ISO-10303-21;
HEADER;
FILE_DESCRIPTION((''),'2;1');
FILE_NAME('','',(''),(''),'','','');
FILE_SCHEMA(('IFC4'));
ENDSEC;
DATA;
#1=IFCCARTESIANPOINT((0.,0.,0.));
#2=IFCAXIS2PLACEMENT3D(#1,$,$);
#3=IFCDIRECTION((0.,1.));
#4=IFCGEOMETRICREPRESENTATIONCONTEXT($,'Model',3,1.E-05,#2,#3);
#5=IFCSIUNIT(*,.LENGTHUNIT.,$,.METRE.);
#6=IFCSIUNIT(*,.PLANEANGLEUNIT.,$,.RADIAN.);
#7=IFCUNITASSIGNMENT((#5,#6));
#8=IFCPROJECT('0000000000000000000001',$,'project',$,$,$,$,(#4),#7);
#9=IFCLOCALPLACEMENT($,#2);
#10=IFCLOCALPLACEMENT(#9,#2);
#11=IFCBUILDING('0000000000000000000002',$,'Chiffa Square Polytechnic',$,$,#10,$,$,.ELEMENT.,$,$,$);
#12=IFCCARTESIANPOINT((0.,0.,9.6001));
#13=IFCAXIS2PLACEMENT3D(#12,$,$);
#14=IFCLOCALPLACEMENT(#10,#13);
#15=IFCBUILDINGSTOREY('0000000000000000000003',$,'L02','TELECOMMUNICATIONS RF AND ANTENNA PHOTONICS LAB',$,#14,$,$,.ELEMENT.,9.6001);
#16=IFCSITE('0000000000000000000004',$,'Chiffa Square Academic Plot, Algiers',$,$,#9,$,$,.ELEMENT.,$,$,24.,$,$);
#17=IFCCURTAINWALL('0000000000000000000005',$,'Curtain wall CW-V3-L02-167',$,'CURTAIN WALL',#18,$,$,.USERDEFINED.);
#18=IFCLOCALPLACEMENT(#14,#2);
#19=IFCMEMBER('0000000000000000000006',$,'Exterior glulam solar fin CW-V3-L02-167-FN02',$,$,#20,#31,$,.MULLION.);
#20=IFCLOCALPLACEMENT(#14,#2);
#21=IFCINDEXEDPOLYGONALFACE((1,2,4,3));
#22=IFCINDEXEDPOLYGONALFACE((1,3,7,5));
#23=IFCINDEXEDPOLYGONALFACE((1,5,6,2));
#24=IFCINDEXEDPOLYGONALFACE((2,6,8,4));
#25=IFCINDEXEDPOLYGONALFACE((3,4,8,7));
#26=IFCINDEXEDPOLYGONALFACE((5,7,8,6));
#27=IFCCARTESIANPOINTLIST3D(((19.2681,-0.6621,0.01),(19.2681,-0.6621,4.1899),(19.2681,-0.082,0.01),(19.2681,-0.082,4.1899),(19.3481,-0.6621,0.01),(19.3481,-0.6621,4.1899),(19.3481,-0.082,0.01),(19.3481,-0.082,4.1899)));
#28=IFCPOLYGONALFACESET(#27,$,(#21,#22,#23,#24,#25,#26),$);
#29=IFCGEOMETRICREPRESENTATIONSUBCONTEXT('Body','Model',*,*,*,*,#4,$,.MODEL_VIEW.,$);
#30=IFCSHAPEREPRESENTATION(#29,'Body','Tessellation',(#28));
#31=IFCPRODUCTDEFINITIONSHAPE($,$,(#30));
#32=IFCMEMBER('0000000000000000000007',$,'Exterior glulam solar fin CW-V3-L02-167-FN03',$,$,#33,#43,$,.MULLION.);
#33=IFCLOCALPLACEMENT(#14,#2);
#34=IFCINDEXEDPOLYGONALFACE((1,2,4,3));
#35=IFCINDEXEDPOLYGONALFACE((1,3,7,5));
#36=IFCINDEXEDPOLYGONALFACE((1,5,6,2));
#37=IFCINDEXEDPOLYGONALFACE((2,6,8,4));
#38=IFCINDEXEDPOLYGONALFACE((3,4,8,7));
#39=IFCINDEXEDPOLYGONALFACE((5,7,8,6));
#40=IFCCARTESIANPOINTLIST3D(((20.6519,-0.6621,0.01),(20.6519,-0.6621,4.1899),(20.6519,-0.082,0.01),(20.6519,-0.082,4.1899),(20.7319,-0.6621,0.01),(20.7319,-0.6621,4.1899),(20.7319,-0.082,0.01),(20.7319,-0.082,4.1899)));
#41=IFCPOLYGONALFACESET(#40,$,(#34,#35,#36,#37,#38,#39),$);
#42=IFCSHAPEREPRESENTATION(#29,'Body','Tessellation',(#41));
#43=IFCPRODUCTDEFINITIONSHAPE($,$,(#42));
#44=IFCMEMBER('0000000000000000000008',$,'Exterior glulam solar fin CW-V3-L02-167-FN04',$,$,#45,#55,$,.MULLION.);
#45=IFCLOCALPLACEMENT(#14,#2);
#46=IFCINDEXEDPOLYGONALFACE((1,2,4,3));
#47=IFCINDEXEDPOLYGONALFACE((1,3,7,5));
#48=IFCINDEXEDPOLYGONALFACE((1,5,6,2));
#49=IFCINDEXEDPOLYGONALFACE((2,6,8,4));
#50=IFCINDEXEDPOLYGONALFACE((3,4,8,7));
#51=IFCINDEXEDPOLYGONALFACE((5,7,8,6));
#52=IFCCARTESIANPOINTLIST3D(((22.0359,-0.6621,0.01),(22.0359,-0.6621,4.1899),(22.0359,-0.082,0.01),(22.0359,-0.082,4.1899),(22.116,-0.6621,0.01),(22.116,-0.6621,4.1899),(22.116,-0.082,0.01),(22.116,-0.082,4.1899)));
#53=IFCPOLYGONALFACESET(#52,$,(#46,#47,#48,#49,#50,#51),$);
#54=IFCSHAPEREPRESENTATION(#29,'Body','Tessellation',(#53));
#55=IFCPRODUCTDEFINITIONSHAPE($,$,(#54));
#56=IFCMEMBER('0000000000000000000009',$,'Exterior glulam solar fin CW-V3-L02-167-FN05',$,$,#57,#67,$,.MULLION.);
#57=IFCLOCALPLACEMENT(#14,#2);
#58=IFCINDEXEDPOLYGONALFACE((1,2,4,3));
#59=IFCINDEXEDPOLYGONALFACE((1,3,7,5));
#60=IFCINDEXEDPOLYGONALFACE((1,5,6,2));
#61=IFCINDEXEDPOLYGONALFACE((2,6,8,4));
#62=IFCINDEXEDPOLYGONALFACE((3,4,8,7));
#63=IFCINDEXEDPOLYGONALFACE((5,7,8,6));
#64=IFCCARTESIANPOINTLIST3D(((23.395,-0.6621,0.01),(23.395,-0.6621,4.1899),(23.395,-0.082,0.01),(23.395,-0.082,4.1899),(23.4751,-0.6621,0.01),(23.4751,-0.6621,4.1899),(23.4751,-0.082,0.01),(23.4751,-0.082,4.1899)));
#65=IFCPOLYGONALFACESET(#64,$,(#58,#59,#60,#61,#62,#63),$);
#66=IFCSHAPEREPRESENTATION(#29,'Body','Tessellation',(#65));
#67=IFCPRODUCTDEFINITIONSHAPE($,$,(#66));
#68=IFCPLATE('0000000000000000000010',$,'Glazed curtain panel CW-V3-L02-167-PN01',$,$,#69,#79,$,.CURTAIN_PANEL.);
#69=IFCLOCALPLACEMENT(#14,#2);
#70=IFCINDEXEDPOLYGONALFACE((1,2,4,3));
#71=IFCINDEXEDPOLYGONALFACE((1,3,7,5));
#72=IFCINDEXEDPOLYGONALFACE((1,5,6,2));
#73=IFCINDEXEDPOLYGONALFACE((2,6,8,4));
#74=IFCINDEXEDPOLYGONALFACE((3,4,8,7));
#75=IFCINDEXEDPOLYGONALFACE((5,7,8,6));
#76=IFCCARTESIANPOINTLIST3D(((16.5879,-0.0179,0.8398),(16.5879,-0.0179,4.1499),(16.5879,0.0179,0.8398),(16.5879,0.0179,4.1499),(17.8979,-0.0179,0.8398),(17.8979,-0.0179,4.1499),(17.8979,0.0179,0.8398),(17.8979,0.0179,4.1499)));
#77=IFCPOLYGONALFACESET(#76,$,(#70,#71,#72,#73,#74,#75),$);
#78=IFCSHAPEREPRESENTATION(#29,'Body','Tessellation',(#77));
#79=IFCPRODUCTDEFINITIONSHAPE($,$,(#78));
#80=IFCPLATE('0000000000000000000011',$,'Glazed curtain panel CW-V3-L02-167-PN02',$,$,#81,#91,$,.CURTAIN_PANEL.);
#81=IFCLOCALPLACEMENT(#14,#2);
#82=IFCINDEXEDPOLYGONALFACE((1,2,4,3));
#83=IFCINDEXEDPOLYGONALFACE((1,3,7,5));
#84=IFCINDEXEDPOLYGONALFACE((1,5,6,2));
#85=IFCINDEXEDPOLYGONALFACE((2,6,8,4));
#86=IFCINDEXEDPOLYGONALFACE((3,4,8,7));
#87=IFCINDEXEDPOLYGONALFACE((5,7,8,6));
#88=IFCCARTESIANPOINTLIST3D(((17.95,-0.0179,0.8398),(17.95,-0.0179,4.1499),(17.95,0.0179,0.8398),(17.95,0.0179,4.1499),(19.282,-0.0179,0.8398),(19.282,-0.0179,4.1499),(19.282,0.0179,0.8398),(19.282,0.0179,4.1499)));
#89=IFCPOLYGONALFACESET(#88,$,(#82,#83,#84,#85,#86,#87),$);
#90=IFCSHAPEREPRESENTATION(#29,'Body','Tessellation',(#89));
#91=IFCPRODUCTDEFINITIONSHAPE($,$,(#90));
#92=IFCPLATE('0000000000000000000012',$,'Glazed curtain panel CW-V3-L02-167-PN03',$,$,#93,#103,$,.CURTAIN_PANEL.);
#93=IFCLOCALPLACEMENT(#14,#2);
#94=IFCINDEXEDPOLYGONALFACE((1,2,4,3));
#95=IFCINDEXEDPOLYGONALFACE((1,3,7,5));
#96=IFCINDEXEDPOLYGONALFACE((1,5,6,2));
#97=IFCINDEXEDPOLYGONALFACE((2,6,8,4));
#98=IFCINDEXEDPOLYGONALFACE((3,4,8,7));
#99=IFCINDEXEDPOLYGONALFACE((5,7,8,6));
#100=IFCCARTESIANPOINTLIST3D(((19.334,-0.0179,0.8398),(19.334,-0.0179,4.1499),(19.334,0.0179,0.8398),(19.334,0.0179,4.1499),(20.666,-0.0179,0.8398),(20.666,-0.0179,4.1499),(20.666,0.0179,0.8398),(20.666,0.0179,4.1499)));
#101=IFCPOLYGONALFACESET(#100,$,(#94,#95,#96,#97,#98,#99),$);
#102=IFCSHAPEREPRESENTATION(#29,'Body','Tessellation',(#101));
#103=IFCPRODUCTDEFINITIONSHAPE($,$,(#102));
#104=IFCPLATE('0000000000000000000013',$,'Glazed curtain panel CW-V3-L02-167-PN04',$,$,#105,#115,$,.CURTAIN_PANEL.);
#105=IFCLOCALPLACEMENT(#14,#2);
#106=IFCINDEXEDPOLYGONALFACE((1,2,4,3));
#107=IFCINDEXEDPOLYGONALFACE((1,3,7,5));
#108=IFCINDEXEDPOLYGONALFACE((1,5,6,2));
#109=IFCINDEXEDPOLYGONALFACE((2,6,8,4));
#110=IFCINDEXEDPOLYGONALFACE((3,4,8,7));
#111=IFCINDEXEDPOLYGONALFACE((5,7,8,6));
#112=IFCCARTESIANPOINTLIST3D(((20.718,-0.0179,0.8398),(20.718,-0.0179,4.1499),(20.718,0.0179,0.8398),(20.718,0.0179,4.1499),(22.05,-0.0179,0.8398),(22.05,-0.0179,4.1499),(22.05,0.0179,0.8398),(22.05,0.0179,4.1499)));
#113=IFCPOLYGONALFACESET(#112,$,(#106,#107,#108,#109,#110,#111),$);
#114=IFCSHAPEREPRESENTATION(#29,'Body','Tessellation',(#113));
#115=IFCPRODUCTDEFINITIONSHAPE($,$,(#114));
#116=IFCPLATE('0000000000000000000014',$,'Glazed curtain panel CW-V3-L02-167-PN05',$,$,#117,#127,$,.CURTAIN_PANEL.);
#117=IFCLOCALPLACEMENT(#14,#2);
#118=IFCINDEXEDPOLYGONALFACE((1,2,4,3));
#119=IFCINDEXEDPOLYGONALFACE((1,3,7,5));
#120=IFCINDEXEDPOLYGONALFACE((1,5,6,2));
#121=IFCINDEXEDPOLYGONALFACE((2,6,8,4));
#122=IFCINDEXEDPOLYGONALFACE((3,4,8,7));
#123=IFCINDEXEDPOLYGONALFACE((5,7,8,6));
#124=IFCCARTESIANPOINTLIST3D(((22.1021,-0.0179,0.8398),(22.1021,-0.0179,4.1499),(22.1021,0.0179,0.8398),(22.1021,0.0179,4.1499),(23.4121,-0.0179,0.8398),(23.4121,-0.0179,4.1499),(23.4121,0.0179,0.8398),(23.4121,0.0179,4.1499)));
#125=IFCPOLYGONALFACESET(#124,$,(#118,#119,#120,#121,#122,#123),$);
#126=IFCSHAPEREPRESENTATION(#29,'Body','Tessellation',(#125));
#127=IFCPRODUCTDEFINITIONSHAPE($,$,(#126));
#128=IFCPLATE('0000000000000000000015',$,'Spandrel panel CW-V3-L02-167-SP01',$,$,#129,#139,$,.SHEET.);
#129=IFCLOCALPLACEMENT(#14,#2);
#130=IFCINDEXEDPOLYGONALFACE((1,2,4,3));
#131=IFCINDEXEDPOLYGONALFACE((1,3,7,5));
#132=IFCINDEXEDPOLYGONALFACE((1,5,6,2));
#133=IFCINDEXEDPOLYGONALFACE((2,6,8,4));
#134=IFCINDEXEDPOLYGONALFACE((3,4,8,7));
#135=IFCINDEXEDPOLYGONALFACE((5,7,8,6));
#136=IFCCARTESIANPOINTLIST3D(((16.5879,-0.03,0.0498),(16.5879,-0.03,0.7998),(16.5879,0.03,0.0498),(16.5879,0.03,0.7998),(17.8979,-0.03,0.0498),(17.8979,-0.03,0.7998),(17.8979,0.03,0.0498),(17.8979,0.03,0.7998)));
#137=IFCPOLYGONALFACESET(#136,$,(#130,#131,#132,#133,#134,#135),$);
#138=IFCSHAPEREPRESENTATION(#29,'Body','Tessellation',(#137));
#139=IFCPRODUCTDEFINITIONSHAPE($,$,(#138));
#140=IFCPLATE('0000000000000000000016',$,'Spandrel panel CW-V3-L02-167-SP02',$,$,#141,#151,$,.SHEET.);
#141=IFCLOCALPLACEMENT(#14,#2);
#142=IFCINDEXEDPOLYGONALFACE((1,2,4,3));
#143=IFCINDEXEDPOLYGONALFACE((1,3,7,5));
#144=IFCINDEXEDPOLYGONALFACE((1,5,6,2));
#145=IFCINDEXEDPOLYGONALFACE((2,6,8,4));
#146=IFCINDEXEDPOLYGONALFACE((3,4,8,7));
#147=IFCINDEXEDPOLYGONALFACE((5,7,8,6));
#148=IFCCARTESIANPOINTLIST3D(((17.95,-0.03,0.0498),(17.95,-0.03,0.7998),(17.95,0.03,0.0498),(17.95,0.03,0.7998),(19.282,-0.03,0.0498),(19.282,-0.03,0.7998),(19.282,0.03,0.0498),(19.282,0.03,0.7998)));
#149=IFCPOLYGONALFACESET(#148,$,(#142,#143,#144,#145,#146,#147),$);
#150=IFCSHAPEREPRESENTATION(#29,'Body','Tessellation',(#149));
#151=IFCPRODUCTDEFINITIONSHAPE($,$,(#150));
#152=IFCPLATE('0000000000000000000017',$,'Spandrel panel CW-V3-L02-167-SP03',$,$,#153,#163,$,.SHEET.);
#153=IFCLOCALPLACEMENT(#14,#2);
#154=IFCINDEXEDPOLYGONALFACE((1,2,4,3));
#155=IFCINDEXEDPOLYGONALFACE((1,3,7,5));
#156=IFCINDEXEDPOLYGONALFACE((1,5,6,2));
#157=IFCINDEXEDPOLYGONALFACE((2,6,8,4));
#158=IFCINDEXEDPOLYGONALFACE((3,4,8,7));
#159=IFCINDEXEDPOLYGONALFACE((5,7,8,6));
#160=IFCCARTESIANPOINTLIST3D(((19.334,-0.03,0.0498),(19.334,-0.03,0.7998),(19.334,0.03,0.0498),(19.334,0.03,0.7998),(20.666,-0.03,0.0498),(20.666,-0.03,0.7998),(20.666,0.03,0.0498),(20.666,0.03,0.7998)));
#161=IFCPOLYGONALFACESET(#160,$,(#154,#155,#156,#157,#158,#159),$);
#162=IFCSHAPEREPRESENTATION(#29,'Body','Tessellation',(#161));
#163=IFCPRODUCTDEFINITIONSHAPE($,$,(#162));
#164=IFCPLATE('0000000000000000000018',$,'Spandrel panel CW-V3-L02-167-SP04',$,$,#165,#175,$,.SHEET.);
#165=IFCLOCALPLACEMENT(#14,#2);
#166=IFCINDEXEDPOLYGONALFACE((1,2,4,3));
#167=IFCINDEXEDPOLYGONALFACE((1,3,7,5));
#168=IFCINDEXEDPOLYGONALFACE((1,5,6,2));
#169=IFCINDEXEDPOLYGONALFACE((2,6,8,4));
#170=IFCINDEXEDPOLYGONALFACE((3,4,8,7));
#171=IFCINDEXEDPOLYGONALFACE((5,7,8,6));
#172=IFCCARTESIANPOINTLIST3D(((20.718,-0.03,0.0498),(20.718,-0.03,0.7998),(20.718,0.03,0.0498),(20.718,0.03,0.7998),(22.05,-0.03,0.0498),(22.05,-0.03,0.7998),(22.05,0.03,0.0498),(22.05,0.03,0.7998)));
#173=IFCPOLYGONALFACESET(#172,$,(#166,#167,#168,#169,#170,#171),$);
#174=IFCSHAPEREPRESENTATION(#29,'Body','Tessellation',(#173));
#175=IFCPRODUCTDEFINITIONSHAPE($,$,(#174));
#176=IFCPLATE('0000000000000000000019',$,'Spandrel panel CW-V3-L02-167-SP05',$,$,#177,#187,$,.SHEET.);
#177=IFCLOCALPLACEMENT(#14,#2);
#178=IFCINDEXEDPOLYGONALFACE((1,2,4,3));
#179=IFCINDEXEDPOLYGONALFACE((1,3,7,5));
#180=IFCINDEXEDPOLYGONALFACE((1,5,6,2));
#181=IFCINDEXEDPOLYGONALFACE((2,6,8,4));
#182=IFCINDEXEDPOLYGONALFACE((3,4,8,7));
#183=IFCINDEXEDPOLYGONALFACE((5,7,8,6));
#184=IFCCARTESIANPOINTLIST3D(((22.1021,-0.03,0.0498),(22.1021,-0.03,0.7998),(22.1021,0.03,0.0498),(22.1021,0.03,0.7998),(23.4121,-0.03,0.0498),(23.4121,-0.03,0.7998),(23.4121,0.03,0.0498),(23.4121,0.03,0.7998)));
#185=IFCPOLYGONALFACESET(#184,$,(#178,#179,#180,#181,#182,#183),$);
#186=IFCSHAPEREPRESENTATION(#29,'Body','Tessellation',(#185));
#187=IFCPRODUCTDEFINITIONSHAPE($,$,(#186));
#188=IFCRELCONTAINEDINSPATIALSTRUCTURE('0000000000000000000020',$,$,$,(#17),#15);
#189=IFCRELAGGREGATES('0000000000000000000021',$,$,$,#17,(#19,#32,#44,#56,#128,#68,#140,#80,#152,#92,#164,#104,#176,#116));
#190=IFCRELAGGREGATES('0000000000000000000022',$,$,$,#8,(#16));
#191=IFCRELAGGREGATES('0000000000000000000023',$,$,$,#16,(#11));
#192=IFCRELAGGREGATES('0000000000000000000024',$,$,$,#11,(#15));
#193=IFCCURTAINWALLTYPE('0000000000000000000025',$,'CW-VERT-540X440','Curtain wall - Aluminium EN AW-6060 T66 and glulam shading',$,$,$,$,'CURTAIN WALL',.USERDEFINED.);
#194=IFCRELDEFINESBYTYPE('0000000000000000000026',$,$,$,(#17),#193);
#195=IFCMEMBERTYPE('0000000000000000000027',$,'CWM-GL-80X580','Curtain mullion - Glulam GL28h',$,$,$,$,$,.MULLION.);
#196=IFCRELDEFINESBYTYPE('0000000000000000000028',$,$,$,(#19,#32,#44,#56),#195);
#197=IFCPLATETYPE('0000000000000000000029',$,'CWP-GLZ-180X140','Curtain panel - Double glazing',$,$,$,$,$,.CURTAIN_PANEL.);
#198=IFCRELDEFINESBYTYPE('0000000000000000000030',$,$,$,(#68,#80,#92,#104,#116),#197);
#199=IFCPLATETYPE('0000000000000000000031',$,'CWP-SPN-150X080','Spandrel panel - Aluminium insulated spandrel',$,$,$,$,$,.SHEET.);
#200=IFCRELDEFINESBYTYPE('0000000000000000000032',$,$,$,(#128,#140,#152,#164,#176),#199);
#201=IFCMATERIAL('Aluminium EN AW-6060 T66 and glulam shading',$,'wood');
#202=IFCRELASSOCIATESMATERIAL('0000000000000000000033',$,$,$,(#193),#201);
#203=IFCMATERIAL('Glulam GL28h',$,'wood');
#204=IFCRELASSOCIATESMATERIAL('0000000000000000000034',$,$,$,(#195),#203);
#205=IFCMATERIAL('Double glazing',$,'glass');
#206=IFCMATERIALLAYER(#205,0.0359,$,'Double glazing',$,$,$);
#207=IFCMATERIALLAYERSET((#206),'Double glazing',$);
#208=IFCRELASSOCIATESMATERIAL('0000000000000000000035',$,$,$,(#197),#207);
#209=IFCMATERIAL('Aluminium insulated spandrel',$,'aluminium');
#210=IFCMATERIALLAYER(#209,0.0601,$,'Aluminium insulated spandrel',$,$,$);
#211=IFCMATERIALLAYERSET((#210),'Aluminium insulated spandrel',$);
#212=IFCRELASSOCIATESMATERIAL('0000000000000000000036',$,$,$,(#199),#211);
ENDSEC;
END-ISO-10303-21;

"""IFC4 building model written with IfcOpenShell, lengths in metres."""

from ifc_helpers import new_model, si_unit, direction, frame, origin, origin_2d, place, context, subcontext, project, spatial, rectangle, extrude, material, layer, layer_set, material_profile, profile_set, type_object, element, aggregate, save


model = new_model("IFC4")

# Units and contexts
model_context = context("Model", 3, precision=1e-05, world=origin(), true_north=direction((0.0, 1.0)))
body_context = subcontext(model_context, "Body", "Model", "MODEL_VIEW")
ifc_project = project(units=[si_unit("LENGTHUNIT", "METRE"), si_unit("PLANEANGLEUNIT", "RADIAN")], contexts=[model_context])

# Site, building, storey
site_placement = place(None, origin())
site = spatial("IfcSite", under=ifc_project, at=site_placement, Name="Chiffa Square Academic Plot, Algiers", CompositionType="ELEMENT", RefElevation=24.0)
building_placement = place(site_placement, origin())
building = spatial("IfcBuilding", under=site, at=building_placement, Name="Chiffa Square Polytechnic", CompositionType="ELEMENT")
storey_placement = place(building_placement, frame((0.0, 0.0, 9.6001)))
storey = spatial("IfcBuildingStorey", under=building, at=storey_placement, Name="L02", Description="TELECOMMUNICATIONS RF AND ANTENNA PHOTONICS LAB", CompositionType="ELEMENT", Elevation=9.6001)

# Curtain wall, members, plates
ifc_material_1 = material(Name="Aluminium EN AW-6060 T66 and glulam shading", Category="wood")
curtain_wall_type = type_object("IfcCurtainWallType", Name="CW-VERT-540X440", Description="Curtain wall - Aluminium EN AW-6060 T66 and glulam shading", ElementType="CURTAIN WALL", PredefinedType="USERDEFINED", material=ifc_material_1)
curtain_wall_placement = place(storey_placement, origin())
curtain_wall = element("IfcCurtainWall", 1, at=curtain_wall_placement, inside=storey, type_object=curtain_wall_type, Name="Curtain wall CW-V3-L02-167", ObjectType="CURTAIN WALL", PredefinedType="USERDEFINED")
ifc_material_2 = material(Name="Glulam GL28h", Category="wood")
ifc_material_profile_1 = material_profile(ifc_material_2, rectangle(XDim=0.0801, YDim=0.5801, at=origin_2d()), Name="GL28h 80x580")
ifc_profile_set_1 = profile_set([ifc_material_profile_1], Name="Glulam GL28h")
member_type_1 = type_object("IfcMemberType", Name="CWM-GL-80X580", Description="Curtain mullion - Glulam GL28h", PredefinedType="MULLION", material=ifc_profile_set_1)
member_1_placement = place(storey_placement, frame((19.3081, -0.3721, 0.01), z_axis=(0.0, 0.0, 1.0), x_axis=(1.0, 0.0, 0.0)))
member_1 = element("IfcMember", 2, at=member_1_placement, type_object=member_type_1, Name="Exterior glulam solar fin CW-V3-L02-167-FN02", PredefinedType="MULLION", context=body_context, shape_type="SweptSolid", body=[
    extrude(rectangle(XDim=0.0801, YDim=0.5801, at=origin_2d()), origin(), (0.0, 0.0, 1.0), 4.1799),
])
member_2_placement = place(storey_placement, frame((20.6919, -0.3721, 0.01), z_axis=(0.0, 0.0, 1.0), x_axis=(1.0, 0.0, 0.0)))
member_2 = element("IfcMember", 3, at=member_2_placement, type_object=member_type_1, Name="Exterior glulam solar fin CW-V3-L02-167-FN03", PredefinedType="MULLION", context=body_context, shape_type="SweptSolid", body=[
    extrude(rectangle(XDim=0.0801, YDim=0.5801, at=origin_2d()), origin(), (0.0, 0.0, 1.0), 4.1799),
])
member_3_placement = place(storey_placement, frame((22.0759, -0.3721, 0.01), z_axis=(0.0, 0.0, 1.0), x_axis=(1.0, 0.0, 0.0)))
member_3 = element("IfcMember", 4, at=member_3_placement, type_object=member_type_1, Name="Exterior glulam solar fin CW-V3-L02-167-FN04", PredefinedType="MULLION", context=body_context, shape_type="SweptSolid", body=[
    extrude(rectangle(XDim=0.0801, YDim=0.5801, at=origin_2d()), origin(), (0.0, 0.0, 1.0), 4.1799),
])
member_4_placement = place(storey_placement, frame((23.4351, -0.3721, 0.01), z_axis=(0.0, 0.0, 1.0), x_axis=(1.0, 0.0, 0.0)))
member_4 = element("IfcMember", 5, at=member_4_placement, type_object=member_type_1, Name="Exterior glulam solar fin CW-V3-L02-167-FN05", PredefinedType="MULLION", context=body_context, shape_type="SweptSolid", body=[
    extrude(rectangle(XDim=0.0801, YDim=0.5801, at=origin_2d()), origin(), (0.0, 0.0, 1.0), 4.1799),
])
ifc_material_3 = material(Name="Double glazing", Category="glass")
ifc_layer_1 = layer(ifc_material_3, 0.0359, Name="Double glazing")
ifc_layer_set_1 = layer_set([ifc_layer_1], Name="Double glazing")
plate_type_1 = type_object("IfcPlateType", Name="CWP-GLZ-180X140", Description="Curtain panel - Double glazing", PredefinedType="CURTAIN_PANEL", material=ifc_layer_set_1)
plate_1_placement = place(storey_placement, frame((17.2429, 0.0, 0.8398), z_axis=(0.0, 0.0, 1.0), x_axis=(1.0, 0.0, 0.0)))
plate_1 = element("IfcPlate", 6, at=plate_1_placement, type_object=plate_type_1, Name="Glazed curtain panel CW-V3-L02-167-PN01", PredefinedType="CURTAIN_PANEL", context=body_context, shape_type="SweptSolid", body=[
    extrude(rectangle(XDim=1.3101, YDim=0.0359, at=origin_2d()), origin(), (0.0, 0.0, 1.0), 3.3101),
])
plate_2_placement = place(storey_placement, frame((18.616, 0.0, 0.8398), z_axis=(0.0, 0.0, 1.0), x_axis=(1.0, 0.0, 0.0)))
plate_2 = element("IfcPlate", 7, at=plate_2_placement, type_object=plate_type_1, Name="Glazed curtain panel CW-V3-L02-167-PN02", PredefinedType="CURTAIN_PANEL", context=body_context, shape_type="SweptSolid", body=[
    extrude(rectangle(XDim=1.332, YDim=0.0359, at=origin_2d()), origin(), (0.0, 0.0, 1.0), 3.3101),
])
plate_3_placement = place(storey_placement, frame((20.0, 0.0, 0.8398), z_axis=(0.0, 0.0, 1.0), x_axis=(1.0, 0.0, 0.0)))
plate_3 = element("IfcPlate", 8, at=plate_3_placement, type_object=plate_type_1, Name="Glazed curtain panel CW-V3-L02-167-PN03", PredefinedType="CURTAIN_PANEL", context=body_context, shape_type="SweptSolid", body=[
    extrude(rectangle(XDim=1.332, YDim=0.0359, at=origin_2d()), origin(), (0.0, 0.0, 1.0), 3.3101),
])
plate_4_placement = place(storey_placement, frame((21.384, 0.0, 0.8398), z_axis=(0.0, 0.0, 1.0), x_axis=(1.0, 0.0, 0.0)))
plate_4 = element("IfcPlate", 9, at=plate_4_placement, type_object=plate_type_1, Name="Glazed curtain panel CW-V3-L02-167-PN04", PredefinedType="CURTAIN_PANEL", context=body_context, shape_type="SweptSolid", body=[
    extrude(rectangle(XDim=1.332, YDim=0.0359, at=origin_2d()), origin(), (0.0, 0.0, 1.0), 3.3101),
])
plate_5_placement = place(storey_placement, frame((22.7571, 0.0, 0.8398), z_axis=(0.0, 0.0, 1.0), x_axis=(1.0, 0.0, 0.0)))
plate_5 = element("IfcPlate", 10, at=plate_5_placement, type_object=plate_type_1, Name="Glazed curtain panel CW-V3-L02-167-PN05", PredefinedType="CURTAIN_PANEL", context=body_context, shape_type="SweptSolid", body=[
    extrude(rectangle(XDim=1.3101, YDim=0.0359, at=origin_2d()), origin(), (0.0, 0.0, 1.0), 3.3101),
])
ifc_material_4 = material(Name="Aluminium insulated spandrel", Category="aluminium")
ifc_layer_2 = layer(ifc_material_4, 0.0601, Name="Aluminium insulated spandrel")
ifc_layer_set_2 = layer_set([ifc_layer_2], Name="Aluminium insulated spandrel")
plate_type_2 = type_object("IfcPlateType", Name="CWP-SPN-150X080", Description="Spandrel panel - Aluminium insulated spandrel", PredefinedType="SHEET", material=ifc_layer_set_2)
plate_6_placement = place(storey_placement, frame((17.2429, 0.0, 0.0498), z_axis=(0.0, 0.0, 1.0), x_axis=(1.0, 0.0, 0.0)))
plate_6 = element("IfcPlate", 11, at=plate_6_placement, type_object=plate_type_2, Name="Spandrel panel CW-V3-L02-167-SP01", PredefinedType="SHEET", context=body_context, shape_type="SweptSolid", body=[
    extrude(rectangle(XDim=1.3101, YDim=0.0601, at=origin_2d()), origin(), (0.0, 0.0, 1.0), 0.75),
])
plate_7_placement = place(storey_placement, frame((18.616, 0.0, 0.0498), z_axis=(0.0, 0.0, 1.0), x_axis=(1.0, 0.0, 0.0)))
plate_7 = element("IfcPlate", 12, at=plate_7_placement, type_object=plate_type_2, Name="Spandrel panel CW-V3-L02-167-SP02", PredefinedType="SHEET", context=body_context, shape_type="SweptSolid", body=[
    extrude(rectangle(XDim=1.332, YDim=0.0601, at=origin_2d()), origin(), (0.0, 0.0, 1.0), 0.75),
])
plate_8_placement = place(storey_placement, frame((20.0, 0.0, 0.0498), z_axis=(0.0, 0.0, 1.0), x_axis=(1.0, 0.0, 0.0)))
plate_8 = element("IfcPlate", 13, at=plate_8_placement, type_object=plate_type_2, Name="Spandrel panel CW-V3-L02-167-SP03", PredefinedType="SHEET", context=body_context, shape_type="SweptSolid", body=[
    extrude(rectangle(XDim=1.332, YDim=0.0601, at=origin_2d()), origin(), (0.0, 0.0, 1.0), 0.75),
])
plate_9_placement = place(storey_placement, frame((21.384, 0.0, 0.0498), z_axis=(0.0, 0.0, 1.0), x_axis=(1.0, 0.0, 0.0)))
plate_9 = element("IfcPlate", 14, at=plate_9_placement, type_object=plate_type_2, Name="Spandrel panel CW-V3-L02-167-SP04", PredefinedType="SHEET", context=body_context, shape_type="SweptSolid", body=[
    extrude(rectangle(XDim=1.332, YDim=0.0601, at=origin_2d()), origin(), (0.0, 0.0, 1.0), 0.75),
])
plate_10_placement = place(storey_placement, frame((22.7571, 0.0, 0.0498), z_axis=(0.0, 0.0, 1.0), x_axis=(1.0, 0.0, 0.0)))
plate_10 = element("IfcPlate", 15, at=plate_10_placement, type_object=plate_type_2, Name="Spandrel panel CW-V3-L02-167-SP05", PredefinedType="SHEET", context=body_context, shape_type="SweptSolid", body=[
    extrude(rectangle(XDim=1.3101, YDim=0.0601, at=origin_2d()), origin(), (0.0, 0.0, 1.0), 0.75),
])
aggregate(curtain_wall, [member_1, member_2, member_3, member_4, plate_6, plate_1, plate_7, plate_2, plate_8, plate_3, plate_9, plate_4, plate_10, plate_5])

save(model, "model.ifc")
